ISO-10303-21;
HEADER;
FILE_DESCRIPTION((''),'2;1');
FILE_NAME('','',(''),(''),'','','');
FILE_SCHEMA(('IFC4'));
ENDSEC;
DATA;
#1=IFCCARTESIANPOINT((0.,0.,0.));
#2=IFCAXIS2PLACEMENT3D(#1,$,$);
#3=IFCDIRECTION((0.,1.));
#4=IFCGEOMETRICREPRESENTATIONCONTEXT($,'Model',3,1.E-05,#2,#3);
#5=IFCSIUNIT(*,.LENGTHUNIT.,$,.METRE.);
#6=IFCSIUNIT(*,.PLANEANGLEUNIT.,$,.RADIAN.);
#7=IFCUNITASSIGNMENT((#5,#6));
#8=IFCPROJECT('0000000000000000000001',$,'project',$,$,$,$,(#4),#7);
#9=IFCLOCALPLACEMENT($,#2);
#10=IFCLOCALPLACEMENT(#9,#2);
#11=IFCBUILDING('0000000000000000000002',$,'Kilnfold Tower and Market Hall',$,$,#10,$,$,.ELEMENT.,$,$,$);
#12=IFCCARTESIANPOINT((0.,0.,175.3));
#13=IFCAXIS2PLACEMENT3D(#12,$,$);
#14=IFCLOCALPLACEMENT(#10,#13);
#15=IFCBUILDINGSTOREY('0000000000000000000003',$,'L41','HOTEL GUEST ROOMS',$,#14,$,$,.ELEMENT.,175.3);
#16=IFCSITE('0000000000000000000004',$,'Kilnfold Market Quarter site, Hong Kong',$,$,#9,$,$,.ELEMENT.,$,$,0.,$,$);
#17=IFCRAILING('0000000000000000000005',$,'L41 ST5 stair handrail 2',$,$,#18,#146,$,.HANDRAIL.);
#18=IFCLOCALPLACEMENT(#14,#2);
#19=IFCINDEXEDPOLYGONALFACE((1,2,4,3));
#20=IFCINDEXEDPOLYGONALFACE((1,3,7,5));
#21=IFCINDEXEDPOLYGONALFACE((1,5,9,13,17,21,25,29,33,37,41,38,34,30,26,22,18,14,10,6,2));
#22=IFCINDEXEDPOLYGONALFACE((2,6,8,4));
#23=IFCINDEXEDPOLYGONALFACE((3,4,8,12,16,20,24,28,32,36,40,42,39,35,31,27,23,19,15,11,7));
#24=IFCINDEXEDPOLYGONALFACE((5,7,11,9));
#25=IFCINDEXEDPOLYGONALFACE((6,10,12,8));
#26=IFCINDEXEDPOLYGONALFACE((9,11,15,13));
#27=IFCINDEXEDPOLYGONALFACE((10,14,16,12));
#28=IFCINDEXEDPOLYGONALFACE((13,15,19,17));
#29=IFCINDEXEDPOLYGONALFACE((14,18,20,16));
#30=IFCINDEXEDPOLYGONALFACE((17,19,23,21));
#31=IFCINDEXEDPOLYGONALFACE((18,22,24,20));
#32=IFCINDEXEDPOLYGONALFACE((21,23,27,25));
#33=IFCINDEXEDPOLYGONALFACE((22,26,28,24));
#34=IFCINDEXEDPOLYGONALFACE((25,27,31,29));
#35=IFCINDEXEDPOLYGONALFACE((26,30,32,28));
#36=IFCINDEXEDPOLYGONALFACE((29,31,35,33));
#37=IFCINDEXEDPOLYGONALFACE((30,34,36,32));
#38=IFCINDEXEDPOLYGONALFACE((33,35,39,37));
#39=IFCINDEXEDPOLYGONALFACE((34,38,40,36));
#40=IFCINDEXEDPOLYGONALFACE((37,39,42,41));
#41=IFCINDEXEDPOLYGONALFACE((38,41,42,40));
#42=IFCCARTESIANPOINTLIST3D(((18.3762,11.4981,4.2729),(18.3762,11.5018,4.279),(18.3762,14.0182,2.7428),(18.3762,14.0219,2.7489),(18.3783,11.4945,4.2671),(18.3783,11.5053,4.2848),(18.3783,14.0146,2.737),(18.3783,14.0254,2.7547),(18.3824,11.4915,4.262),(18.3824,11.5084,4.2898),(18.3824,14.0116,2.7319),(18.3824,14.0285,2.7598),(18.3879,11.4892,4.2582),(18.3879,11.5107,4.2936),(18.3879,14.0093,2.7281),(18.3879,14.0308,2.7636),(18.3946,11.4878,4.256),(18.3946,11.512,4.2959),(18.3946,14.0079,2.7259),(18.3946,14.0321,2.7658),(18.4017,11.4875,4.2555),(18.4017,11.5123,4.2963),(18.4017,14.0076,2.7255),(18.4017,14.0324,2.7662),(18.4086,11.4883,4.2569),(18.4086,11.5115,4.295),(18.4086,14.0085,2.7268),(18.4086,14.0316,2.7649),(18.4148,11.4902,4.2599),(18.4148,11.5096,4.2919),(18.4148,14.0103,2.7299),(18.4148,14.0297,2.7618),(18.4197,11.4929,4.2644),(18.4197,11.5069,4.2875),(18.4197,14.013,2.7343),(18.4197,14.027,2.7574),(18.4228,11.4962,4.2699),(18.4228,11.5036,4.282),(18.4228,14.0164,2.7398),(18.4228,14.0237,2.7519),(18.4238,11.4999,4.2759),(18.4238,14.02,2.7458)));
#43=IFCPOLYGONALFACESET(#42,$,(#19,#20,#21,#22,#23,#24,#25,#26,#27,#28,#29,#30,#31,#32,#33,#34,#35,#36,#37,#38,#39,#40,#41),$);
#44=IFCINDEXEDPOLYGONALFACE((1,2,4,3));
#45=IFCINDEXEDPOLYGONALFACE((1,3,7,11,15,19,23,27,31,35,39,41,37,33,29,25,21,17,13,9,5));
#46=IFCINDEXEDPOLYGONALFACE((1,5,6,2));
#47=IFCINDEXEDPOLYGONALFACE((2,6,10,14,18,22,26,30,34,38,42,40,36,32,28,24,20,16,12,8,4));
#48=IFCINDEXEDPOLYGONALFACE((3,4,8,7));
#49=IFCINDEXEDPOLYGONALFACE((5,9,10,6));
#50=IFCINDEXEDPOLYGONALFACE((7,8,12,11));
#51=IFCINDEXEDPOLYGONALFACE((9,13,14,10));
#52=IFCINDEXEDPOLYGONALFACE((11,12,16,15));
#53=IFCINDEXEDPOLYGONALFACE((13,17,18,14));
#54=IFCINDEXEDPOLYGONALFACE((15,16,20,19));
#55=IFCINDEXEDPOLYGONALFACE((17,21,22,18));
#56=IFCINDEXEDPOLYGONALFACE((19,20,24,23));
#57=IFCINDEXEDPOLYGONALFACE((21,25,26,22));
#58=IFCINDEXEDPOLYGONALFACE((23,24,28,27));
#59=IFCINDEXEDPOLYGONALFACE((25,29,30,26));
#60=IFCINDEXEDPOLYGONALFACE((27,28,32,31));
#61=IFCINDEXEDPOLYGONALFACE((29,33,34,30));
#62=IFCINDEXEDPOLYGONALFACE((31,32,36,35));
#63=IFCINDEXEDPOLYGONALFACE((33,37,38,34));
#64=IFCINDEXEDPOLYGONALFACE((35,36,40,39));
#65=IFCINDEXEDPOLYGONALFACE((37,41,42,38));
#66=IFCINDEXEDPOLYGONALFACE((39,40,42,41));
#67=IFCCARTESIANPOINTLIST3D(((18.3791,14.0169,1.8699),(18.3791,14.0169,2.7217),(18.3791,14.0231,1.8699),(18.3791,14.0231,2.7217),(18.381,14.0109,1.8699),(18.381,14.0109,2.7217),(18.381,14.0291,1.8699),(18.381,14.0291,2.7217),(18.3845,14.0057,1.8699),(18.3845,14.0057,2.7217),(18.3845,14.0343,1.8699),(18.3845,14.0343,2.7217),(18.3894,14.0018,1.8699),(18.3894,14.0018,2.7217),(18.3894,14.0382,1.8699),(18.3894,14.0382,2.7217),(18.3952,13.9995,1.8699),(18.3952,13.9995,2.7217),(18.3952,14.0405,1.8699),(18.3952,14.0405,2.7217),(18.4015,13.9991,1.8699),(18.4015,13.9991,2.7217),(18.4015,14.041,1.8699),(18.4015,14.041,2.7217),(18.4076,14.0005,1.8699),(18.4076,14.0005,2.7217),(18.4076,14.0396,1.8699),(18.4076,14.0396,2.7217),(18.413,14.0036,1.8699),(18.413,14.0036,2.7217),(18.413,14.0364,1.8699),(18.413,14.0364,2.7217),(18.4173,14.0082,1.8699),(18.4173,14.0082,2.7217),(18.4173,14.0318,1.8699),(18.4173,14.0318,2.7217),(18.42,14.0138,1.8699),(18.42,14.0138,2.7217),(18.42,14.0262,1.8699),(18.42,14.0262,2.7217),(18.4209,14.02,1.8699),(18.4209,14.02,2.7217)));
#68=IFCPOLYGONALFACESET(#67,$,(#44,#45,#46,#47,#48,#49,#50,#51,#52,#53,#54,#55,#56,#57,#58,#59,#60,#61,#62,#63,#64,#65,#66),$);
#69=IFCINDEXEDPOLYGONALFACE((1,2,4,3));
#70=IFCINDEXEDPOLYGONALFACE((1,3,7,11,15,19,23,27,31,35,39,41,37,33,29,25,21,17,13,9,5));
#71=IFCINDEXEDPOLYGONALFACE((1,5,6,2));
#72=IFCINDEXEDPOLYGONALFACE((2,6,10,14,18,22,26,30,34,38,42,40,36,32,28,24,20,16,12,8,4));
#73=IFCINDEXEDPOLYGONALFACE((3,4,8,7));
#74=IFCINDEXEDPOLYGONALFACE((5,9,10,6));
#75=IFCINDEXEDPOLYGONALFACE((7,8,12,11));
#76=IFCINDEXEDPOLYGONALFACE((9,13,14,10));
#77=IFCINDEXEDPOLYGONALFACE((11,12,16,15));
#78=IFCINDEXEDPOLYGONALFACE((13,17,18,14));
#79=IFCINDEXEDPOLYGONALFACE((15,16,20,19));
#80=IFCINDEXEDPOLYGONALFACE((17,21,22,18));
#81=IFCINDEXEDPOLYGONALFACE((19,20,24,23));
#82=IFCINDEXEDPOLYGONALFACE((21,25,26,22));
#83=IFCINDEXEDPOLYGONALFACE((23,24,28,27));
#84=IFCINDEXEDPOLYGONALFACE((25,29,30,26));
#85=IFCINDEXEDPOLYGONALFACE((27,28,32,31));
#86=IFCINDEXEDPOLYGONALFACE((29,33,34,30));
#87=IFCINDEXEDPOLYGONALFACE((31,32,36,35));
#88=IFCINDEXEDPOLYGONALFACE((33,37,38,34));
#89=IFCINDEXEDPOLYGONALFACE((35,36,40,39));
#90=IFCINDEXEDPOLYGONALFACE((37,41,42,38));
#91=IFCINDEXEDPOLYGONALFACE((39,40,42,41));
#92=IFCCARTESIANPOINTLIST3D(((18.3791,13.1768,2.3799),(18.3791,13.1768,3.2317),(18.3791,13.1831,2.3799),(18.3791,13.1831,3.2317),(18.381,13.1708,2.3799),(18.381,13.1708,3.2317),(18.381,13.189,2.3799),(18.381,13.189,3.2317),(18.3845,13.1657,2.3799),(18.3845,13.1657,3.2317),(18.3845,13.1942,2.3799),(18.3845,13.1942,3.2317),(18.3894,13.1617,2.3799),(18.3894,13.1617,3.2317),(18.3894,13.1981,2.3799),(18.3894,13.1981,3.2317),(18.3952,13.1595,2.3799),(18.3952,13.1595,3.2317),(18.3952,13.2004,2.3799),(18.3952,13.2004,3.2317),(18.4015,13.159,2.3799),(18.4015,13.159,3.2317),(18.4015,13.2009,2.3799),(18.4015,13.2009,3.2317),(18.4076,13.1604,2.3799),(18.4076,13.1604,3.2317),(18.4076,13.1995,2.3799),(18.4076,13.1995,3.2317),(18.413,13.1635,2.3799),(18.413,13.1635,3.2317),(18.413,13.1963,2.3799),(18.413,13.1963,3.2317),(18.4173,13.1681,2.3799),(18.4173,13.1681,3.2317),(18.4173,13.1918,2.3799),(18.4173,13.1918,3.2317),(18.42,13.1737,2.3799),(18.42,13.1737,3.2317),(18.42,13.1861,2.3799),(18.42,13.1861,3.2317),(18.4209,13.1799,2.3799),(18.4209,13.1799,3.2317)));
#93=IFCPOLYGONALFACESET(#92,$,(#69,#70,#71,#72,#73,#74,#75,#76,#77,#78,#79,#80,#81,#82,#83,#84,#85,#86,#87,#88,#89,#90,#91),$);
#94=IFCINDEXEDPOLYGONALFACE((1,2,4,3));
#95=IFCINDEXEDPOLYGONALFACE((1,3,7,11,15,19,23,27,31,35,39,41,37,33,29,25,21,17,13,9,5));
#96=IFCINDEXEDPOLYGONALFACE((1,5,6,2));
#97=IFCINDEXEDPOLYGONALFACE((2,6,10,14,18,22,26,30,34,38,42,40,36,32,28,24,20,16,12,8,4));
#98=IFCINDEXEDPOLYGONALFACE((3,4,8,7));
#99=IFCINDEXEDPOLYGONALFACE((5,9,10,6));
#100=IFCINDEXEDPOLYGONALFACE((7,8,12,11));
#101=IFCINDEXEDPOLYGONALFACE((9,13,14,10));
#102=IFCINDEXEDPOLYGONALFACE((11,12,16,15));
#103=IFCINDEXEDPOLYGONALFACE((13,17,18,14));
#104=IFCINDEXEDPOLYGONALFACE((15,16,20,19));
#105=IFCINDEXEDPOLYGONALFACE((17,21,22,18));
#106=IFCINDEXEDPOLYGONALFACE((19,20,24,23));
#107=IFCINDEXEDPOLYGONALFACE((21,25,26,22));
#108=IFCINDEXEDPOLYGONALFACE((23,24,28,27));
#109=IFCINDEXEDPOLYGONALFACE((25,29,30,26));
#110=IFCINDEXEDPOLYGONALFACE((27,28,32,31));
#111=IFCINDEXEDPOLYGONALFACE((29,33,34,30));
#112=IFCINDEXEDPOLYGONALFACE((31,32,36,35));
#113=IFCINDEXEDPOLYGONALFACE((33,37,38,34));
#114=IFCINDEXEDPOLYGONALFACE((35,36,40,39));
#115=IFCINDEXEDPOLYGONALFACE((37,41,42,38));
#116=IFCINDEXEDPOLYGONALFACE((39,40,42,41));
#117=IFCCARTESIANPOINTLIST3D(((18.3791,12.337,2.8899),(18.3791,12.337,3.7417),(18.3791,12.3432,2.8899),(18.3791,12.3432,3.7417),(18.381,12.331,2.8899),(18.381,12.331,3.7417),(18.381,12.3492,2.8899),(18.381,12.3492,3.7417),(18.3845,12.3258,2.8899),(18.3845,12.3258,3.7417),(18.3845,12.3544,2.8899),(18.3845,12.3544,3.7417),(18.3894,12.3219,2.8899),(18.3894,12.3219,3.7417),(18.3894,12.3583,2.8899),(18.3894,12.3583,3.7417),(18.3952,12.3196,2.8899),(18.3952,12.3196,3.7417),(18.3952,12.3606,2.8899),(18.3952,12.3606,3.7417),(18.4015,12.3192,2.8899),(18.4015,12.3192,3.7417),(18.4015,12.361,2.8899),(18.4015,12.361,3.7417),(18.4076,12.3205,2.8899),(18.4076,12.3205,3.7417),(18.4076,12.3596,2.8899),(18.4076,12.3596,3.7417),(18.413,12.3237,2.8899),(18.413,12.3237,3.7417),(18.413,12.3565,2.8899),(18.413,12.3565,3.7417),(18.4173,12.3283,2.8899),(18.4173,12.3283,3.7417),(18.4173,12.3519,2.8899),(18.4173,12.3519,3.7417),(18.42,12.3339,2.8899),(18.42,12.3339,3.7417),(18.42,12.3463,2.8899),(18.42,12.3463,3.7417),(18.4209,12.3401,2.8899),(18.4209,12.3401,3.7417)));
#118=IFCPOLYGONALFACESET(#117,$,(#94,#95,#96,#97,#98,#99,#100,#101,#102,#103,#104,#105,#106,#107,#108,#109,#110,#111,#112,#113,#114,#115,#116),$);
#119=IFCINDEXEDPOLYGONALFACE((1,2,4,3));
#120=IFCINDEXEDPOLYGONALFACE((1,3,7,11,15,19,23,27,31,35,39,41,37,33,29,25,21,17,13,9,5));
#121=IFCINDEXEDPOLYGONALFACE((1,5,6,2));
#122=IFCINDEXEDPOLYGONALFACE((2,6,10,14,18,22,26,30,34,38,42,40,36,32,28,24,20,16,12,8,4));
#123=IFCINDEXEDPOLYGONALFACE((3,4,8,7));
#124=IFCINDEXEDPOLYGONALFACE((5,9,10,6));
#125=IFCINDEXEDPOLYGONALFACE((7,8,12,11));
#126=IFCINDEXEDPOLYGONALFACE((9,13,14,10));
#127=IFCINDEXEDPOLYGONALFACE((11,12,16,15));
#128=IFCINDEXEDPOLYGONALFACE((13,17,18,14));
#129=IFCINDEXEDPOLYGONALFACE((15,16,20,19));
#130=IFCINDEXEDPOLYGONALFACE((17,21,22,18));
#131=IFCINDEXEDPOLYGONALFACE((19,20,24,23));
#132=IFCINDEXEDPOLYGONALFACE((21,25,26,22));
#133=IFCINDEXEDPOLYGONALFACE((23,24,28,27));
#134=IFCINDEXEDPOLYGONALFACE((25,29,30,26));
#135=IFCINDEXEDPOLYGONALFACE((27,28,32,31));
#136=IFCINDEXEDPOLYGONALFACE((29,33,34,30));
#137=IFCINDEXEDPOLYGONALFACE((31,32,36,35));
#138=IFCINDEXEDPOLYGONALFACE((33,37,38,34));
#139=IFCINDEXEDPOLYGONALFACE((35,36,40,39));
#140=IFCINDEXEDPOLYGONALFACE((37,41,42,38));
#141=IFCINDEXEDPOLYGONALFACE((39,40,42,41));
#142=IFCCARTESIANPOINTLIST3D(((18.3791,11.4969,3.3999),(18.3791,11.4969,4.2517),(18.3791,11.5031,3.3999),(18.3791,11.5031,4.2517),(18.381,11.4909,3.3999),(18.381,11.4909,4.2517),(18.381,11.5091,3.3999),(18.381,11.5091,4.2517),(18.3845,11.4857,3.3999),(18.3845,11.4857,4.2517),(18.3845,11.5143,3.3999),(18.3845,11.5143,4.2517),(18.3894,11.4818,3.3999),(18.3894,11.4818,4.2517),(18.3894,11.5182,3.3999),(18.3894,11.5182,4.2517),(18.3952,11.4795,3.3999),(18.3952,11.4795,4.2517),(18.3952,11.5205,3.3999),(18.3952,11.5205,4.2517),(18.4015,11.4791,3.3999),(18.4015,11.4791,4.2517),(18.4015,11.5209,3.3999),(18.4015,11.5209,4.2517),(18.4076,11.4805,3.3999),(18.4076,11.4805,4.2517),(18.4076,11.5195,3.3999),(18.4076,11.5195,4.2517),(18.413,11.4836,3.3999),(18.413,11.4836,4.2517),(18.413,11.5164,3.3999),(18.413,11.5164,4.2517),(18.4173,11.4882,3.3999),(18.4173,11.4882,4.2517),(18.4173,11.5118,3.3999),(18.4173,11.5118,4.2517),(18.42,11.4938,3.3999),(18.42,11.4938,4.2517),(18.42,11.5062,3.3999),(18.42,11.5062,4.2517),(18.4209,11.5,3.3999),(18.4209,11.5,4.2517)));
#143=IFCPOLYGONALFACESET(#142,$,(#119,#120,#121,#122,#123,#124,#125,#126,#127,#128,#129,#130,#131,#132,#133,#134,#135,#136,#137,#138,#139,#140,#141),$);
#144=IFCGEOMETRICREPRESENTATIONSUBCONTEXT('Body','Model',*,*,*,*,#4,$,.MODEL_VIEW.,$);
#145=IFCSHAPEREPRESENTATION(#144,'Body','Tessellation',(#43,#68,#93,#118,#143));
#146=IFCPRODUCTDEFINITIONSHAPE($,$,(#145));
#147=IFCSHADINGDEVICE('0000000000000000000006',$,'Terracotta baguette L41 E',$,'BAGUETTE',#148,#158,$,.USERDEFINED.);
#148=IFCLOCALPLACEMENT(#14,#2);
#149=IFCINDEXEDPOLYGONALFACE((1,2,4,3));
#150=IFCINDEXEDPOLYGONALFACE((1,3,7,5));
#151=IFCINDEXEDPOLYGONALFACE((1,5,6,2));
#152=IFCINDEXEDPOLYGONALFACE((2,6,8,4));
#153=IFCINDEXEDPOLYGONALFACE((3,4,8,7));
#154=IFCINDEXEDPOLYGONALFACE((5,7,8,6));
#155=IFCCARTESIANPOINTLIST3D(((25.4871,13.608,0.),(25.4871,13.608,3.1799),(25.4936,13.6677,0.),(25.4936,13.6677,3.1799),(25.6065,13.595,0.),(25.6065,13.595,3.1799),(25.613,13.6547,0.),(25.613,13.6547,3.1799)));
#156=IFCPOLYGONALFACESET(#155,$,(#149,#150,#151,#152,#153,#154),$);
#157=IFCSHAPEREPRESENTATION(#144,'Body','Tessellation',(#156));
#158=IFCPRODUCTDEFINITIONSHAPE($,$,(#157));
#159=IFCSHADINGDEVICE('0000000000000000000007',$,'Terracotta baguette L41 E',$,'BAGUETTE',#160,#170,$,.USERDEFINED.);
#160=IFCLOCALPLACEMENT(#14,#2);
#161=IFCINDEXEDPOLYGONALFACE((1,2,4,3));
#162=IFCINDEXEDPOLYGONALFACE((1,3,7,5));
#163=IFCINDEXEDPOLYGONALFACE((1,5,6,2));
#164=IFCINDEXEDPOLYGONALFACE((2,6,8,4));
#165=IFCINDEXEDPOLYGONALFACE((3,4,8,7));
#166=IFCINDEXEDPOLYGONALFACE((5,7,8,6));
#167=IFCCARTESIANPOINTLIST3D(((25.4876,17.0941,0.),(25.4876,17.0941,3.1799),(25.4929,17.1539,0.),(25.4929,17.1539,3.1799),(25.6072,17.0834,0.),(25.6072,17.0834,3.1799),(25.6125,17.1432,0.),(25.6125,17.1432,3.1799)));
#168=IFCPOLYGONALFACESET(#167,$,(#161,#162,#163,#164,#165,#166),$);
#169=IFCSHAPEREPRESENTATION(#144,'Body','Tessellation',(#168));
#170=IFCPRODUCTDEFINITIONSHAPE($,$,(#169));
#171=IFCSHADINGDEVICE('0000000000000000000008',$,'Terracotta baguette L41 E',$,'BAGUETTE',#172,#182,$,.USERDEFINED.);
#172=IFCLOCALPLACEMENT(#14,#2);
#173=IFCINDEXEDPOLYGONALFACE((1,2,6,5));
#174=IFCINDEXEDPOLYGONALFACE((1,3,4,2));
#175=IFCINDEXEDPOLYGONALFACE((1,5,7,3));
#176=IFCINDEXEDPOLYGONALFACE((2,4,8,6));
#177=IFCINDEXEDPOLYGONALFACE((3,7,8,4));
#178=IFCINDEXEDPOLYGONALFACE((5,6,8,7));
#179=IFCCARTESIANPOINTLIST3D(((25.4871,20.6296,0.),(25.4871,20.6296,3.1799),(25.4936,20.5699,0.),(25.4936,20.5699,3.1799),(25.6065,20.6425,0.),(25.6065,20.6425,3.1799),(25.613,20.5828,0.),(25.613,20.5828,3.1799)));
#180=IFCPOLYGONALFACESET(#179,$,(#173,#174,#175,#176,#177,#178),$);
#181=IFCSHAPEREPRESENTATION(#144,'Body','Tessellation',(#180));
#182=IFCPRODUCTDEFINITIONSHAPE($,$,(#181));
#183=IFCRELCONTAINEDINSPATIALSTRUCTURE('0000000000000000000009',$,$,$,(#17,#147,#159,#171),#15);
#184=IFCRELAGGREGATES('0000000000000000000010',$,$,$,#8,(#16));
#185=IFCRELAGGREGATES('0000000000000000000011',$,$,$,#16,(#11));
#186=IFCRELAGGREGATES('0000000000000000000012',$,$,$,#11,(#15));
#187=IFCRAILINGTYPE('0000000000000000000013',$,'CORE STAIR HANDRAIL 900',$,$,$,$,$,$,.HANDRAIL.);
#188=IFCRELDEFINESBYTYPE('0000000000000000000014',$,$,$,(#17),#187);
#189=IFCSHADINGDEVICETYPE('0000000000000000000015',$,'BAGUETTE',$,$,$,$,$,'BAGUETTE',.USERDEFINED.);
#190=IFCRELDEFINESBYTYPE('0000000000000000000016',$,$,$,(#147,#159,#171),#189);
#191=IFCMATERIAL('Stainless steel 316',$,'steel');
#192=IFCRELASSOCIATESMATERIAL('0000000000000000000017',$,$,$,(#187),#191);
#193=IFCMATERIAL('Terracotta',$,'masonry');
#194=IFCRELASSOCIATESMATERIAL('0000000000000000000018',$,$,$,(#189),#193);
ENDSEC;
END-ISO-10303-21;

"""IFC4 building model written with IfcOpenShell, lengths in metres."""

from ifc_helpers import new_model, si_unit, direction, frame, origin, origin_2d, place, context, subcontext, project, spatial, rectangle, circle, extrude, source, transform, mapped, material, material_profile, profile_set, type_object, element, save


model = new_model("IFC4")

# Units and contexts
model_context = context("Model", 3, precision=1e-05, world=origin(), true_north=direction((0.0, 1.0)))
body_context = subcontext(model_context, "Body", "Model", "MODEL_VIEW")
ifc_project = project(units=[si_unit("LENGTHUNIT", "METRE"), si_unit("PLANEANGLEUNIT", "RADIAN")], contexts=[model_context])

# Site, building, storey
site_placement = place(None, origin())
site = spatial("IfcSite", under=ifc_project, at=site_placement, Name="Kilnfold Market Quarter site, Hong Kong", CompositionType="ELEMENT", RefElevation=0.0)
building_placement = place(site_placement, origin())
building = spatial("IfcBuilding", under=site, at=building_placement, Name="Kilnfold Tower and Market Hall", CompositionType="ELEMENT")
storey_placement = place(building_placement, frame((0.0, 0.0, 175.3)))
storey = spatial("IfcBuildingStorey", under=building, at=storey_placement, Name="L41", Description="HOTEL GUEST ROOMS", CompositionType="ELEMENT", Elevation=175.3)

# Railing
ifc_material_1 = material(Name="Stainless steel 316", Category="steel")
railing_type = type_object("IfcRailingType", Name="CORE STAIR HANDRAIL 900", PredefinedType="HANDRAIL", material=ifc_material_1)
railing_placement = place(storey_placement, frame((18.3999, 14.02, 1.8699)))
element("IfcRailing", 1, at=railing_placement, inside=storey, type_object=railing_type, Name="L41 ST5 stair handrail 2", PredefinedType="HANDRAIL", context=body_context, shape_type="SweptSolid", body=[
    extrude(circle(Radius=0.0239, at=origin_2d()), frame((0.0, 0.0, 0.876), z_axis=(0.0, -0.854785, 0.518982), x_axis=(1.0, 0.0, 0.0)), (0.0, 0.0, 1.0), 2.9482),
    extrude(circle(Radius=0.021, at=origin_2d()), origin(), (0.0, 0.0, 1.0), 0.8518),
    extrude(circle(Radius=0.021, at=origin_2d()), frame((0.0, -0.8401, 0.51)), (0.0, 0.0, 1.0), 0.8518),
    extrude(circle(Radius=0.021, at=origin_2d()), frame((0.0, -1.6799, 1.02)), (0.0, 0.0, 1.0), 0.8518),
    extrude(circle(Radius=0.021, at=origin_2d()), frame((0.0, -2.52, 1.53)), (0.0, 0.0, 1.0), 0.8518),
])

# Shading devices
ifc_material_2 = material(Name="Terracotta", Category="masonry")
ifc_material_profile_1 = material_profile(ifc_material_2, rectangle(XDim=0.0601, YDim=0.1201, at=origin_2d()), Name="BAG 60x120")
ifc_profile_set_1 = profile_set([ifc_material_profile_1], Name="Terracotta")
shading_device_type = type_object("IfcShadingDeviceType", Name="BAGUETTE", ElementType="BAGUETTE", PredefinedType="USERDEFINED", material=ifc_profile_set_1)
shared_shape_1 = source(origin(), body_context, "Body", "SweptSolid", [
    extrude(rectangle(XDim=0.0601, YDim=0.1201, at=origin_2d()), origin(), (0.0, 0.0, 1.0), 3.1799),
])
for number, where, z_axis, x_axis, name in (
    (2, (25.55, 13.6313, 0.0), (0.0, 0.0, 1.0), (0.108048, 0.994146, 0.0), "Terracotta baguette L41 E"),
    (3, (25.55, 17.1187, 0.0), (0.0, 0.0, 1.0), (0.088667, 0.996061, 0.0), "Terracotta baguette L41 E"),
    (4, (25.55, 20.6062, 0.0), (0.0, 0.0, 1.0), (-0.107059, 0.994253, 0.0), "Terracotta baguette L41 E"),
):
    element("IfcShadingDevice", number, at=place(storey_placement, frame(where, z_axis=z_axis, x_axis=x_axis)), inside=storey, type_object=shading_device_type, Name=name, ObjectType="BAGUETTE", PredefinedType="USERDEFINED", context=body_context, shape_type="MappedRepresentation", body=[
        mapped(shared_shape_1, transform((0.0, 0.0, 0.0))),
    ])

save(model, "model.ifc")
